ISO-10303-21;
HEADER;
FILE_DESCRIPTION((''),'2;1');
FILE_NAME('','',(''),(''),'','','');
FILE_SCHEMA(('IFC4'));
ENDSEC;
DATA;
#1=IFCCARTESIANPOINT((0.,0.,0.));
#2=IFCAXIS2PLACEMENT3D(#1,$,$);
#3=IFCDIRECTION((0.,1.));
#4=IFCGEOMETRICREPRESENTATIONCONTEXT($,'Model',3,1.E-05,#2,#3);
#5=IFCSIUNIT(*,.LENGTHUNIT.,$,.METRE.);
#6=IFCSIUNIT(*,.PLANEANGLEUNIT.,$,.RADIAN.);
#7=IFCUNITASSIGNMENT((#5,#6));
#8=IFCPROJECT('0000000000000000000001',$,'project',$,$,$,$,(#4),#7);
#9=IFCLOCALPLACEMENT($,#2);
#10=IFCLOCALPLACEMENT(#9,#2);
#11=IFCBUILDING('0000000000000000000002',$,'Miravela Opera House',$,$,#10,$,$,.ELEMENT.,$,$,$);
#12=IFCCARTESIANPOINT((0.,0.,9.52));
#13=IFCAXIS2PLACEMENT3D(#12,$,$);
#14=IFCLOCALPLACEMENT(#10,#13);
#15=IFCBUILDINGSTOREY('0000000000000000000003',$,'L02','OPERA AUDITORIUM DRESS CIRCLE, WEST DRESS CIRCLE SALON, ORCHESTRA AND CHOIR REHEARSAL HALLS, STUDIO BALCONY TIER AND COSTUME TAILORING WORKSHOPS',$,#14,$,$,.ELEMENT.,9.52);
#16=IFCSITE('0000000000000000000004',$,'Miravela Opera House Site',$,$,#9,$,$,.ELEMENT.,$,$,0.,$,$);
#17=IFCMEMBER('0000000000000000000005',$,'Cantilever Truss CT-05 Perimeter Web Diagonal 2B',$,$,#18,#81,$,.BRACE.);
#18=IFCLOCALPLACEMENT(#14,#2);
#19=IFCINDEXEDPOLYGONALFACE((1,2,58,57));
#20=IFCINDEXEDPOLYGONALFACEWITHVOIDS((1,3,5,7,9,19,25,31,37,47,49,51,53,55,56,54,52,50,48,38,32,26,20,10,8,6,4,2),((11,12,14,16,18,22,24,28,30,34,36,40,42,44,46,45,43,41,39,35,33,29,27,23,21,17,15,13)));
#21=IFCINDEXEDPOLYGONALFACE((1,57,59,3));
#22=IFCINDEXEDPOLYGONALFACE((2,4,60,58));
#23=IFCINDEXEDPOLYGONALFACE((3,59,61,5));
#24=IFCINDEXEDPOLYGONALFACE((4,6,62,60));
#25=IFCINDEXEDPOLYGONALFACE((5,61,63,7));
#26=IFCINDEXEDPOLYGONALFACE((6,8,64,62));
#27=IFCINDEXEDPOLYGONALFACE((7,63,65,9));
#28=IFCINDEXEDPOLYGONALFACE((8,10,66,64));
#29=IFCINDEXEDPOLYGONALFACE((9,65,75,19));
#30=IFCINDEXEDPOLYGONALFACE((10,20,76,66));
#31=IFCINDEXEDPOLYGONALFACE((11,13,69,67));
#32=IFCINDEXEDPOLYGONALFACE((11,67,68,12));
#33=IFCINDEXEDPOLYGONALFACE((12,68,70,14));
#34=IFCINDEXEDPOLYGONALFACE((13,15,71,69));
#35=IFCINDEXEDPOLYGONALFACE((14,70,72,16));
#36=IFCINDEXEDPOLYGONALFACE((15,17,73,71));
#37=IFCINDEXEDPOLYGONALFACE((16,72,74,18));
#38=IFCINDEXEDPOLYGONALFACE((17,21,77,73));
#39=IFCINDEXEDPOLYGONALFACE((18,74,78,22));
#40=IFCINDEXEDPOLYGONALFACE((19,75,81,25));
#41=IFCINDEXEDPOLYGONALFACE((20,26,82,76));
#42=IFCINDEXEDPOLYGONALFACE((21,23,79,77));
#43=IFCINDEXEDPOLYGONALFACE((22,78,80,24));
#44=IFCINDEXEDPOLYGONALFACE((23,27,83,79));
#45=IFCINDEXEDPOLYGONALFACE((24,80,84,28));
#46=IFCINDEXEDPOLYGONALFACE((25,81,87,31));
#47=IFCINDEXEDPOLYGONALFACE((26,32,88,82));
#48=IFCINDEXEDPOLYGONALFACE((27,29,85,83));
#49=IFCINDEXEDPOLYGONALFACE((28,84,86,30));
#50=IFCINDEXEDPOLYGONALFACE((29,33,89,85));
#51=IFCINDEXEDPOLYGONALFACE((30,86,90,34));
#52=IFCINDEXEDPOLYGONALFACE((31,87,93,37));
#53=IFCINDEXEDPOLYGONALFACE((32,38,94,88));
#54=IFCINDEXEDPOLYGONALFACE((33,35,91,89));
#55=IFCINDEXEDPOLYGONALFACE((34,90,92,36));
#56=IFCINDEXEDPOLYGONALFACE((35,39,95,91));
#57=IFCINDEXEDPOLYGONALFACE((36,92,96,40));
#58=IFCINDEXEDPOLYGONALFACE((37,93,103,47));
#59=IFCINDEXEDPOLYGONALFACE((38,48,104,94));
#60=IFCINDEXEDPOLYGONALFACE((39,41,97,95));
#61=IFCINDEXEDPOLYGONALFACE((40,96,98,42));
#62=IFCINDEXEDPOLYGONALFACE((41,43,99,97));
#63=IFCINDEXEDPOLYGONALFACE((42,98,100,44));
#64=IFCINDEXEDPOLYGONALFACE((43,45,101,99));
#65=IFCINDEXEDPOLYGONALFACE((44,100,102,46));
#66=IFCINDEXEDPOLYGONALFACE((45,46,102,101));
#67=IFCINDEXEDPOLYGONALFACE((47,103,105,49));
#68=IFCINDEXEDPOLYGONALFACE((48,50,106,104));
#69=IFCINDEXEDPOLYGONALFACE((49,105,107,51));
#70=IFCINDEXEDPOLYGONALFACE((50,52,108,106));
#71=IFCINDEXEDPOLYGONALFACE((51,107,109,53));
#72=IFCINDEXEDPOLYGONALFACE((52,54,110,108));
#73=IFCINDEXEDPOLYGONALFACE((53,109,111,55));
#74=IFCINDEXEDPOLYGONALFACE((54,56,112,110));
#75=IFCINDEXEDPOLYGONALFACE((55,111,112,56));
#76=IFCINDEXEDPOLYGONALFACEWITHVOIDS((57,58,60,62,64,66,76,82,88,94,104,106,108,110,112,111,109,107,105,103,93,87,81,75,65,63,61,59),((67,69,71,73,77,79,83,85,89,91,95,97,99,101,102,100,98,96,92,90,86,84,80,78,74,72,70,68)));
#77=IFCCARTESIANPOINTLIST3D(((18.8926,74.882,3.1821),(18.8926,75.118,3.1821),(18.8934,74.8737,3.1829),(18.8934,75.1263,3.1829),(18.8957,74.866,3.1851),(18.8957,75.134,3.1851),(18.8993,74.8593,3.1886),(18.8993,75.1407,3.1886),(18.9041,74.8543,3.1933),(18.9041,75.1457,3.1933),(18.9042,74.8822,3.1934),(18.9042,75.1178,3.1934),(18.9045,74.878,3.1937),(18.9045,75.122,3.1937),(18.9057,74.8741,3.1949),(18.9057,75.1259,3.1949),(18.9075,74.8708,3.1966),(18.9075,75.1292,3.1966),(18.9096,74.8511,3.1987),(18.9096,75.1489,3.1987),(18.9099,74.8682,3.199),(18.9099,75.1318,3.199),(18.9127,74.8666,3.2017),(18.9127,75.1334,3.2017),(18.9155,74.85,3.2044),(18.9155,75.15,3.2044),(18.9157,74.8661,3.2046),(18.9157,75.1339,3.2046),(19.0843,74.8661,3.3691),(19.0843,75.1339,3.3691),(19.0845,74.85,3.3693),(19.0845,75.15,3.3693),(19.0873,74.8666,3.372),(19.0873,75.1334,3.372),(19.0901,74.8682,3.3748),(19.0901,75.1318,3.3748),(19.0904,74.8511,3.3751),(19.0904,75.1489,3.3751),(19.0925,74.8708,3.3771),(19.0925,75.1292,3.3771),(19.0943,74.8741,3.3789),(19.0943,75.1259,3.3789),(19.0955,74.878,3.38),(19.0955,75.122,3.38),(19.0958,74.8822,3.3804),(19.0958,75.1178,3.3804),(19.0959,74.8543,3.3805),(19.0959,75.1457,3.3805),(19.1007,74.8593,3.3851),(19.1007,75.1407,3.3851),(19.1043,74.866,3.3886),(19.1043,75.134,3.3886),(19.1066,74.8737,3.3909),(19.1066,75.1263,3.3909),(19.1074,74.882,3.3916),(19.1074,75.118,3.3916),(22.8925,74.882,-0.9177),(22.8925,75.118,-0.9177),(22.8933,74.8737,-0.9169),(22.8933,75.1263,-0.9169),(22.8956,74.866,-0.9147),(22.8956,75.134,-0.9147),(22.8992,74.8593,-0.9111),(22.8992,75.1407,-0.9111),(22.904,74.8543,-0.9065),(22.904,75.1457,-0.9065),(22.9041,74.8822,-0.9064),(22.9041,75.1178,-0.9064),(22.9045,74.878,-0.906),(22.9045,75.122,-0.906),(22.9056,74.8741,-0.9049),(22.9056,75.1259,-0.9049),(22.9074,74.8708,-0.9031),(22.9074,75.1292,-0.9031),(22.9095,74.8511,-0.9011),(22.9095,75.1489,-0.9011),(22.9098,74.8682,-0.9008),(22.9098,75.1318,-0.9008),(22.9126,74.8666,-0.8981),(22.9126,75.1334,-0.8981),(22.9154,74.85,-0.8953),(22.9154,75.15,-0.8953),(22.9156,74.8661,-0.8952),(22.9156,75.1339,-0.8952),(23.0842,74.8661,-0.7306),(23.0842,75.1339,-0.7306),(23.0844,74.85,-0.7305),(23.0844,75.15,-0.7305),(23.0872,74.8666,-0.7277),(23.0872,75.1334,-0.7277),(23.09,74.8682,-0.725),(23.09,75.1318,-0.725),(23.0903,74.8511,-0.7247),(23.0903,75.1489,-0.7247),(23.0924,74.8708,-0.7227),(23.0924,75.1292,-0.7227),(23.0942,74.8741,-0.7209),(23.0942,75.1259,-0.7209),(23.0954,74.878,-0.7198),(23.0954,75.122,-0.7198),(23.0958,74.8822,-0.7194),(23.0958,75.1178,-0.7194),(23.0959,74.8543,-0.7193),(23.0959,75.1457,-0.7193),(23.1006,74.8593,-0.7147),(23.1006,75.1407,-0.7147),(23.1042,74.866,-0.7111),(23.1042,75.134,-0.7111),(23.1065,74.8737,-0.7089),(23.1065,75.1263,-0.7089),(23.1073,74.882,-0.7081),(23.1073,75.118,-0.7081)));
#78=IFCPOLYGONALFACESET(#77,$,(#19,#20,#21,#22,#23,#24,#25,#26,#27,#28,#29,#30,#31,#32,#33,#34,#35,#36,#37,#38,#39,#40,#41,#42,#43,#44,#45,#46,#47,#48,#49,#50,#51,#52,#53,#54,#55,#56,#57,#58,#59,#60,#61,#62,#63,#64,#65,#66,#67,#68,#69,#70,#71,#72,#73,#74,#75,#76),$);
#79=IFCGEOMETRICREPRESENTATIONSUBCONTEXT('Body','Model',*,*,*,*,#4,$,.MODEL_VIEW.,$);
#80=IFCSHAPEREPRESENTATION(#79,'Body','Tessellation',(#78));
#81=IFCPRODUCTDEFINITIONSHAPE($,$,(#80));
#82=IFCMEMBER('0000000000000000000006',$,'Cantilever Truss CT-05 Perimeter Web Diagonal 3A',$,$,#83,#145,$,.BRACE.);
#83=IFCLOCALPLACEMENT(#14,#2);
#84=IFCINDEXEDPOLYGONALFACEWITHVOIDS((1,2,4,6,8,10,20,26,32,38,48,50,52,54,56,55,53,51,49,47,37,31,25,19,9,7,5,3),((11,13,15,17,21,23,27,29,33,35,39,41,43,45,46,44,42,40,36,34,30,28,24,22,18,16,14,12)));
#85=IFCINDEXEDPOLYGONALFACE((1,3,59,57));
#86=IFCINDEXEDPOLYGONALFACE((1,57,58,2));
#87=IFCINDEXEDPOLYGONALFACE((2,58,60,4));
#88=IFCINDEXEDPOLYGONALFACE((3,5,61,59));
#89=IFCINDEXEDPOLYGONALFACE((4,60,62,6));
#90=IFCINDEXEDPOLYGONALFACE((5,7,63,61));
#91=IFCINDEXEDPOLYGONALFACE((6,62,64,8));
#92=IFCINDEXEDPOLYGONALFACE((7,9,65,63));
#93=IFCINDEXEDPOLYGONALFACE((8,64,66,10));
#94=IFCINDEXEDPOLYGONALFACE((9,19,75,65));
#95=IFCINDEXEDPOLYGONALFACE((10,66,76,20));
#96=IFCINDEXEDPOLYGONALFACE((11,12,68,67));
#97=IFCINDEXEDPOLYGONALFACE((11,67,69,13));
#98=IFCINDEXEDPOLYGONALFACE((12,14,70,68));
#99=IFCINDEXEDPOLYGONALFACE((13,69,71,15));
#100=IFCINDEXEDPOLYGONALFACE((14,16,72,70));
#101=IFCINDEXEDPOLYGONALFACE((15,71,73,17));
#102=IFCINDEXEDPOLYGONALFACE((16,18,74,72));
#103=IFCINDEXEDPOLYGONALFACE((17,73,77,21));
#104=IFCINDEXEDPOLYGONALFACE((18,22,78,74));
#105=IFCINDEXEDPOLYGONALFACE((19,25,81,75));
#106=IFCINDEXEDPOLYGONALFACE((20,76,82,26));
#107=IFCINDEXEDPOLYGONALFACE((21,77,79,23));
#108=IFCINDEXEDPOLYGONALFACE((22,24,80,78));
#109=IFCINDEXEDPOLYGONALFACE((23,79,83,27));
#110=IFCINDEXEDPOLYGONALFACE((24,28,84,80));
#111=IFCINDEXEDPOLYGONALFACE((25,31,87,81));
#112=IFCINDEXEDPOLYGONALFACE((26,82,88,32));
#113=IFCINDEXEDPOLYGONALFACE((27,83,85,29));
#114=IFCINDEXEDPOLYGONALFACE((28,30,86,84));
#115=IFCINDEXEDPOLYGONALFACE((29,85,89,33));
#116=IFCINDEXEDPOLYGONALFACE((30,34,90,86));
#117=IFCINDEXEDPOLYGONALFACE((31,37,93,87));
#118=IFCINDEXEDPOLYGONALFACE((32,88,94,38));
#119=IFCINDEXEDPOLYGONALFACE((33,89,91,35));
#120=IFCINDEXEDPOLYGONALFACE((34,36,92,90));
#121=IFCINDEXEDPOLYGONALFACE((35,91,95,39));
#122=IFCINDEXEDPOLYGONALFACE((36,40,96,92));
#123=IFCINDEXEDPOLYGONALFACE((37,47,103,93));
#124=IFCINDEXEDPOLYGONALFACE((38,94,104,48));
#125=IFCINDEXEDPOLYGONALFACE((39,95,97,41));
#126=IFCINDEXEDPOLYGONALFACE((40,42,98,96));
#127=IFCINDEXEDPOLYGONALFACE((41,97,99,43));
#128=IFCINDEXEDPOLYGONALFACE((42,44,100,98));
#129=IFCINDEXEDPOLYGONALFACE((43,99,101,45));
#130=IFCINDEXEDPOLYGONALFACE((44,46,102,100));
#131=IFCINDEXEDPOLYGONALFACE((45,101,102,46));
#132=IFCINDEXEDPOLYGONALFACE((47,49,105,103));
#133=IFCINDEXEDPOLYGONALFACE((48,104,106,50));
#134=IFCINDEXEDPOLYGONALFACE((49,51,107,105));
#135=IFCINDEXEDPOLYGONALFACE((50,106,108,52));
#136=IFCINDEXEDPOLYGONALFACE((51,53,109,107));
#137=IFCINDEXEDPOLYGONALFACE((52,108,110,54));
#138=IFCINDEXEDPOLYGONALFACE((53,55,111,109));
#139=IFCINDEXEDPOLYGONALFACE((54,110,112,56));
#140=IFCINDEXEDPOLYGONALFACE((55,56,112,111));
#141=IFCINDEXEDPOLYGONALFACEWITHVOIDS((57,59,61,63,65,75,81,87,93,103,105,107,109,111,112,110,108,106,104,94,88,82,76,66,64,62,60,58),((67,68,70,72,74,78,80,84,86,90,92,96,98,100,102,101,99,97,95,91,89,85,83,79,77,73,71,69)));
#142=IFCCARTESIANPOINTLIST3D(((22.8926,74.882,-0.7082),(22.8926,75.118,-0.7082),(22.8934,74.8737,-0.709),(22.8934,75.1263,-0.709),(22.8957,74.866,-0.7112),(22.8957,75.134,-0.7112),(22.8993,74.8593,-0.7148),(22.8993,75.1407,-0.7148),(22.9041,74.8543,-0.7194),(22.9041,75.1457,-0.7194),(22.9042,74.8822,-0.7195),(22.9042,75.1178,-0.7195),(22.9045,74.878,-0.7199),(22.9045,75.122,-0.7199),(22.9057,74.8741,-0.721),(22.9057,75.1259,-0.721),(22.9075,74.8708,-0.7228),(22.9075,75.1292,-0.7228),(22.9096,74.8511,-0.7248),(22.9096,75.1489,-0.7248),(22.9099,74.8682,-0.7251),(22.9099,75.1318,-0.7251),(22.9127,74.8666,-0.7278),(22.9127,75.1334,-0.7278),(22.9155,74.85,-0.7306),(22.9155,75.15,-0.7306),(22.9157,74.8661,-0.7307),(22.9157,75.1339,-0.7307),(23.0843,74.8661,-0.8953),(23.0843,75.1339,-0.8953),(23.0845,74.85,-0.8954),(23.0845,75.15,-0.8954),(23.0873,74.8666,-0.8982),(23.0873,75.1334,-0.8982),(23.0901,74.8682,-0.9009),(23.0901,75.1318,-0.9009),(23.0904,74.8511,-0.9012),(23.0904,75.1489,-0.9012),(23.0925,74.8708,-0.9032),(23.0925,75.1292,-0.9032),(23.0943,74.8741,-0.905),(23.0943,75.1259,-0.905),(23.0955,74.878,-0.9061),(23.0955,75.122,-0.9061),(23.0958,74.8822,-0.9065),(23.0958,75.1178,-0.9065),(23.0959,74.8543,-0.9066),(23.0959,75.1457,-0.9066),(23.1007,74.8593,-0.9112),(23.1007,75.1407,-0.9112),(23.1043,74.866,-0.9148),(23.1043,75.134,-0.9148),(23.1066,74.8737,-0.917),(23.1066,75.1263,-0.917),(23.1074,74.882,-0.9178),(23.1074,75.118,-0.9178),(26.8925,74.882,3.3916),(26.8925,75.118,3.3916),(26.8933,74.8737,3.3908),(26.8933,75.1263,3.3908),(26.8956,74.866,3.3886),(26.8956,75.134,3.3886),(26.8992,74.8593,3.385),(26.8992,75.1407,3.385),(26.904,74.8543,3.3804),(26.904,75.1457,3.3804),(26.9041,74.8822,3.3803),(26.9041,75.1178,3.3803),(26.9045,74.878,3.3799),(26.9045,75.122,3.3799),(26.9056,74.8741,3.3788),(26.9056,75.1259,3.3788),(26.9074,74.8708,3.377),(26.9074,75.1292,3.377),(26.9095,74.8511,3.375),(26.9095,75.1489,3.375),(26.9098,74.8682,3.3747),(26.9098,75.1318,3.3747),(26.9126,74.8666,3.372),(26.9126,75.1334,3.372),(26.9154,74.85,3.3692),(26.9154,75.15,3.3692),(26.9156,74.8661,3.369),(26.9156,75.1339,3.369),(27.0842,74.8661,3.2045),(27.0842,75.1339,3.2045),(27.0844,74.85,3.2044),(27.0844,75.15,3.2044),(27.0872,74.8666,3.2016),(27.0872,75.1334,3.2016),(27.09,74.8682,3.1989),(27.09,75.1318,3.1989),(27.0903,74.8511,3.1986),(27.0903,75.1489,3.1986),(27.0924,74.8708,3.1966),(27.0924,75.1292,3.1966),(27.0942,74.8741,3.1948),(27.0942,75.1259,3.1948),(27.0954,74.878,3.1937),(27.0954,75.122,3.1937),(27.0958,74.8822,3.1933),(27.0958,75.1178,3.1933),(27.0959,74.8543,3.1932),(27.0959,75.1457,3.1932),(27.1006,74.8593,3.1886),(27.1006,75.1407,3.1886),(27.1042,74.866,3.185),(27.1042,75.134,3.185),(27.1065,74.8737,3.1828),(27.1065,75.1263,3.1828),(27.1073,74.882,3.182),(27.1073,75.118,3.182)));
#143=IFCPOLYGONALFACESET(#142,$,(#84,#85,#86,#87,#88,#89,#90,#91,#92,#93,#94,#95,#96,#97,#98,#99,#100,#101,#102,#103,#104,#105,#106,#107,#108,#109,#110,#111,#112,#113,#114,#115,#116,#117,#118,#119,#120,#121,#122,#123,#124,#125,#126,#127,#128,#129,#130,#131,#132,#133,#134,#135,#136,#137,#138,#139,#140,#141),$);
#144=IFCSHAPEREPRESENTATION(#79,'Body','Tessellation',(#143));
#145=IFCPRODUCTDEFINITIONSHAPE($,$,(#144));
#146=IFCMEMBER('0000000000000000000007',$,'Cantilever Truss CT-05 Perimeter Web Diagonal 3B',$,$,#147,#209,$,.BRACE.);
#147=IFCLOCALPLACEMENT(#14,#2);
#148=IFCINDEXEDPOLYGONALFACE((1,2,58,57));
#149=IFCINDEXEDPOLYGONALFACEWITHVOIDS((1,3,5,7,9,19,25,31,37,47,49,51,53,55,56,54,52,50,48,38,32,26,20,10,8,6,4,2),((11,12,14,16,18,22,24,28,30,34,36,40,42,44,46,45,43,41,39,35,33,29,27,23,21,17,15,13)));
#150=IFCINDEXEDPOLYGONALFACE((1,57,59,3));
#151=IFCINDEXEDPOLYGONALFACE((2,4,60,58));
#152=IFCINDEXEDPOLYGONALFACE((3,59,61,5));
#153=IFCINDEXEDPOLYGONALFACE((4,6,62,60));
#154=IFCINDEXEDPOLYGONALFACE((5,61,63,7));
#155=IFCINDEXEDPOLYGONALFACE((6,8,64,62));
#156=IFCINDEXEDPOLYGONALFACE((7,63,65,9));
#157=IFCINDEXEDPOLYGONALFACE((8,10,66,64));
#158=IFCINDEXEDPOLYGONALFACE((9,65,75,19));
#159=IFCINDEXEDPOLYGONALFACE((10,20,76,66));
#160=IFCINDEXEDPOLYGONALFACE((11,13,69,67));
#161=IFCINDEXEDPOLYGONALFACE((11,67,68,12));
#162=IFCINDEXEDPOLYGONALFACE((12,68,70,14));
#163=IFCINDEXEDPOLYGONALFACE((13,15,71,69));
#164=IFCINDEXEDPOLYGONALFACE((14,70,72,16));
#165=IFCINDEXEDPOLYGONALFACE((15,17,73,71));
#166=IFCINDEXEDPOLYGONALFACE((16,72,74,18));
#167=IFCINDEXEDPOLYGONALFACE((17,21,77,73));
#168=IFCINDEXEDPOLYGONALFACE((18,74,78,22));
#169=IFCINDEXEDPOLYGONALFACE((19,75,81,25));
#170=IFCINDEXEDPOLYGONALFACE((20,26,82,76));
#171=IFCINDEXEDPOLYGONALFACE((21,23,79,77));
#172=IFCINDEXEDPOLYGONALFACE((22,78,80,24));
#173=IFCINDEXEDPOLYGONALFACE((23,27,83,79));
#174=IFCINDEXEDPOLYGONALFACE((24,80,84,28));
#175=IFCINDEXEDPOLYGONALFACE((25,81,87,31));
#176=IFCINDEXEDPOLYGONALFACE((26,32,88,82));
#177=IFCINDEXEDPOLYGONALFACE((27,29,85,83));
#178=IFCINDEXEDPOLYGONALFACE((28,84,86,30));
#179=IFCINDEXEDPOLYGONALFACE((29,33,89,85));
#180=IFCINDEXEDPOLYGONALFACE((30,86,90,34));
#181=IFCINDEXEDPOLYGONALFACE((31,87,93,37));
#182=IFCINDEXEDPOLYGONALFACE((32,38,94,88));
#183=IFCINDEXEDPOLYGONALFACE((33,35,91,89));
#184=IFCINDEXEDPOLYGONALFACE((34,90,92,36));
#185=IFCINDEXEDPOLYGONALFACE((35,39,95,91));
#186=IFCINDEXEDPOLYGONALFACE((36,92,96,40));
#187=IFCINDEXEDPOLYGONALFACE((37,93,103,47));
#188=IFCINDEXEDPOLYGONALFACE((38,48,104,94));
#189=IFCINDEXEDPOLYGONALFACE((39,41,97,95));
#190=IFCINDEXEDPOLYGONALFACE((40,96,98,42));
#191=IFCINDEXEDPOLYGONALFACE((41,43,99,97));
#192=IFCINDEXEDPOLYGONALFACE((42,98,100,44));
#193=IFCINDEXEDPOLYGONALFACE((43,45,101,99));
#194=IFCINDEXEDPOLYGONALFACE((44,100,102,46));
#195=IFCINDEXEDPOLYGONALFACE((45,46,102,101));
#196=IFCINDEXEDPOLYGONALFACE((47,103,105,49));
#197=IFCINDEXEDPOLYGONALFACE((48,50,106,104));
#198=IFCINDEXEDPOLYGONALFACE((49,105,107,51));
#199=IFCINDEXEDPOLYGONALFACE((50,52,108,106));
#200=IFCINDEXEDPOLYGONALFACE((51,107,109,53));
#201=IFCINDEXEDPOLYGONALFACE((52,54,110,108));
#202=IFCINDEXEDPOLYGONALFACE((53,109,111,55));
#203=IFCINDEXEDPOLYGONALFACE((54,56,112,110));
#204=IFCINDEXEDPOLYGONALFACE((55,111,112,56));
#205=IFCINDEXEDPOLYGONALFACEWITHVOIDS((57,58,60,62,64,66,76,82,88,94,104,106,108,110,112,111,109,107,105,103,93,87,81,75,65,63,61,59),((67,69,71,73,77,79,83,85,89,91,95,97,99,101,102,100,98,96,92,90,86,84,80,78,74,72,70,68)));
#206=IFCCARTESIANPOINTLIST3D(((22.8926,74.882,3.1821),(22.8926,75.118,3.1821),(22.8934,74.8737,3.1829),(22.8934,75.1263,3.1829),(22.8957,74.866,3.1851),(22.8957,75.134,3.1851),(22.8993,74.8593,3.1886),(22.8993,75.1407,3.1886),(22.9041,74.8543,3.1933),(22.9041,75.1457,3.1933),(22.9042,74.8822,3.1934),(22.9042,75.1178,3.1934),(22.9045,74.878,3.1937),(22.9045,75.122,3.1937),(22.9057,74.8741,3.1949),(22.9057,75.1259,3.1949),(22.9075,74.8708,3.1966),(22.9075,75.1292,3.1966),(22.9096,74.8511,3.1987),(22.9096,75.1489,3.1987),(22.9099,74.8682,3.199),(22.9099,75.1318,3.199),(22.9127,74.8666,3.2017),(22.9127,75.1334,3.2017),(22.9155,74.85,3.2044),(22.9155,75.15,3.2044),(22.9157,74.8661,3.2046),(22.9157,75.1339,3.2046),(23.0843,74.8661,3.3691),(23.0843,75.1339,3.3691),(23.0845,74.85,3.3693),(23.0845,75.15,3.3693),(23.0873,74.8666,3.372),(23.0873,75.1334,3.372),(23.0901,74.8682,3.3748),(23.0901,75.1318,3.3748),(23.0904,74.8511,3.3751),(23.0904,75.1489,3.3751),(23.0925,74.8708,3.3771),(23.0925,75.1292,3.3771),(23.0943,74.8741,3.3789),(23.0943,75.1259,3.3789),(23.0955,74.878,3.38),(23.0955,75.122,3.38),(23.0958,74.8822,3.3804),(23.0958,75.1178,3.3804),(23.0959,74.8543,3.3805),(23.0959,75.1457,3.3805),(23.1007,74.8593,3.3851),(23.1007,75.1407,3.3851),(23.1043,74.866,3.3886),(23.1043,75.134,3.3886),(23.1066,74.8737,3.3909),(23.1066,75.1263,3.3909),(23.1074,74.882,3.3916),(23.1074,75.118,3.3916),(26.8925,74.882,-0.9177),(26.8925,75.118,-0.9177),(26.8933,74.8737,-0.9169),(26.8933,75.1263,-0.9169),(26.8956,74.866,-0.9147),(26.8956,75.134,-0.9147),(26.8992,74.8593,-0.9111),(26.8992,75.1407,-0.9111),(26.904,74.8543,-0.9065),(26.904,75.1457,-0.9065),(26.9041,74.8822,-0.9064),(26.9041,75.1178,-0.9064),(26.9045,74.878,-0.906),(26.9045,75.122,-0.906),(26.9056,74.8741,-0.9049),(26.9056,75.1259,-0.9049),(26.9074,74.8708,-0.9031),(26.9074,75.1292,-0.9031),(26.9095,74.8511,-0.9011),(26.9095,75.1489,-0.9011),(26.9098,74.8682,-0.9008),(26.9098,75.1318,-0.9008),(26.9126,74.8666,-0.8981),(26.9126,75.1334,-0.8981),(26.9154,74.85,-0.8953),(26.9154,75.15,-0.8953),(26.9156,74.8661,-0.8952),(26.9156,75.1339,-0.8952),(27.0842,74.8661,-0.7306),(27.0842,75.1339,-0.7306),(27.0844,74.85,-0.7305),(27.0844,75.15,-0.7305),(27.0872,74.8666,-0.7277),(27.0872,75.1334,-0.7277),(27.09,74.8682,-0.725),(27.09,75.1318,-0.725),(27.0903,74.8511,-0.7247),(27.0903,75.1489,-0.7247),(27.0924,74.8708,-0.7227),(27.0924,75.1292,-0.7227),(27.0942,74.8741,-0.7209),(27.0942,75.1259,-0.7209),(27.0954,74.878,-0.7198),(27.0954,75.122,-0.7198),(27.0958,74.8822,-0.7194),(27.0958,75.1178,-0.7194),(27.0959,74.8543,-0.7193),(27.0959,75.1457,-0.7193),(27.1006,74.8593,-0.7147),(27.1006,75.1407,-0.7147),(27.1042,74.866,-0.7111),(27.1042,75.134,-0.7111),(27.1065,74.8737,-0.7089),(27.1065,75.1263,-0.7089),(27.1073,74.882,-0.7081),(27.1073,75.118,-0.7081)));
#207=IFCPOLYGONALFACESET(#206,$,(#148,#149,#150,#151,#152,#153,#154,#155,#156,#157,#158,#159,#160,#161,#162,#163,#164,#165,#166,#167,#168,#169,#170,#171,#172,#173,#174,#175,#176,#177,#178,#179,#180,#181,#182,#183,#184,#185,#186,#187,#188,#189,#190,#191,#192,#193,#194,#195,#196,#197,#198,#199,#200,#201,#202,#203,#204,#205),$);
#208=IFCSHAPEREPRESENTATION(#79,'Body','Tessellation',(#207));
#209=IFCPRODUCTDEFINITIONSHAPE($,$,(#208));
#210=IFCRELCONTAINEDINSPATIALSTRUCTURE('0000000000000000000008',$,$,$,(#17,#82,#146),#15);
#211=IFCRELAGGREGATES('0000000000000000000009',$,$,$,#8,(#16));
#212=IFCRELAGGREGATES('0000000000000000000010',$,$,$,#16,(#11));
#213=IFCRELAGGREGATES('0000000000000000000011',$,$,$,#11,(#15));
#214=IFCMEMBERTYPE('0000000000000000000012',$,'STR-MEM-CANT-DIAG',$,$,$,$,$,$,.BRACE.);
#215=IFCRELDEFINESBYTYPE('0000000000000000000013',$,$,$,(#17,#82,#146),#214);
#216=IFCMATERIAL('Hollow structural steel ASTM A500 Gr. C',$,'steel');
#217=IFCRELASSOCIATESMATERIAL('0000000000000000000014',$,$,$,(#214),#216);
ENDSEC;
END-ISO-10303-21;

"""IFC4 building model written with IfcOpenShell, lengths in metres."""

from ifc_helpers import new_model, si_unit, direction, frame, origin, origin_2d, place, context, subcontext, project, spatial, hollow_rectangle, extrude, material, material_profile, profile_set, type_object, element, save


model = new_model("IFC4")

# Units and contexts
model_context = context("Model", 3, precision=1e-05, world=origin(), true_north=direction((0.0, 1.0)))
body_context = subcontext(model_context, "Body", "Model", "MODEL_VIEW")
ifc_project = project(units=[si_unit("LENGTHUNIT", "METRE"), si_unit("PLANEANGLEUNIT", "RADIAN")], contexts=[model_context])

# Site, building, storey
site_placement = place(None, origin())
site = spatial("IfcSite", under=ifc_project, at=site_placement, Name="Miravela Opera House Site", CompositionType="ELEMENT", RefElevation=0.0)
building_placement = place(site_placement, origin())
building = spatial("IfcBuilding", under=site, at=building_placement, Name="Miravela Opera House", CompositionType="ELEMENT")
storey_placement = place(building_placement, frame((0.0, 0.0, 9.52)))
storey = spatial("IfcBuildingStorey", under=building, at=storey_placement, Name="L02", Description="OPERA AUDITORIUM DRESS CIRCLE, WEST DRESS CIRCLE SALON, ORCHESTRA AND CHOIR REHEARSAL HALLS, STUDIO BALCONY TIER AND COSTUME TAILORING WORKSHOPS", CompositionType="ELEMENT", Elevation=9.52)

# Members
ifc_material_1 = material(Name="Hollow structural steel ASTM A500 Gr. C", Category="steel")
ifc_material_profile_1 = material_profile(ifc_material_1, hollow_rectangle(XDim=0.3, YDim=0.3, WallThickness=0.0161, InnerFilletRadius=0.0161, OuterFilletRadius=0.032, at=origin_2d()), Name="HSS300X300X16")
ifc_profile_set_1 = profile_set([ifc_material_profile_1])
member_type_1 = type_object("IfcMemberType", Name="STR-MEM-CANT-DIAG", PredefinedType="BRACE", material=ifc_profile_set_1)
for number, where, z_axis, x_axis, name in (
    (1, (19.0, 75.0, 3.2869), (0.698337, 0.0, -0.715769), (0.0, 1.0, 0.0), "Cantilever Truss CT-05 Perimeter Web Diagonal 2B"),
    (2, (23.0, 75.0, -0.813), (0.698337, 0.0, 0.715769), (0.0, 1.0, 0.0), "Cantilever Truss CT-05 Perimeter Web Diagonal 3A"),
    (3, (23.0, 75.0, 3.2869), (0.698337, 0.0, -0.715769), (0.0, 1.0, 0.0), "Cantilever Truss CT-05 Perimeter Web Diagonal 3B"),
):
    element("IfcMember", number, at=place(storey_placement, frame(where, z_axis=z_axis, x_axis=x_axis)), inside=storey, type_object=member_type_1, Name=name, PredefinedType="BRACE", context=body_context, shape_type="SweptSolid", body=[
        extrude(hollow_rectangle(XDim=0.3, YDim=0.3, WallThickness=0.0161, InnerFilletRadius=0.0161, OuterFilletRadius=0.032, at=origin_2d()), origin(), (0.0, 0.0, 1.0), 5.7278),
    ])

save(model, "model.ifc")
